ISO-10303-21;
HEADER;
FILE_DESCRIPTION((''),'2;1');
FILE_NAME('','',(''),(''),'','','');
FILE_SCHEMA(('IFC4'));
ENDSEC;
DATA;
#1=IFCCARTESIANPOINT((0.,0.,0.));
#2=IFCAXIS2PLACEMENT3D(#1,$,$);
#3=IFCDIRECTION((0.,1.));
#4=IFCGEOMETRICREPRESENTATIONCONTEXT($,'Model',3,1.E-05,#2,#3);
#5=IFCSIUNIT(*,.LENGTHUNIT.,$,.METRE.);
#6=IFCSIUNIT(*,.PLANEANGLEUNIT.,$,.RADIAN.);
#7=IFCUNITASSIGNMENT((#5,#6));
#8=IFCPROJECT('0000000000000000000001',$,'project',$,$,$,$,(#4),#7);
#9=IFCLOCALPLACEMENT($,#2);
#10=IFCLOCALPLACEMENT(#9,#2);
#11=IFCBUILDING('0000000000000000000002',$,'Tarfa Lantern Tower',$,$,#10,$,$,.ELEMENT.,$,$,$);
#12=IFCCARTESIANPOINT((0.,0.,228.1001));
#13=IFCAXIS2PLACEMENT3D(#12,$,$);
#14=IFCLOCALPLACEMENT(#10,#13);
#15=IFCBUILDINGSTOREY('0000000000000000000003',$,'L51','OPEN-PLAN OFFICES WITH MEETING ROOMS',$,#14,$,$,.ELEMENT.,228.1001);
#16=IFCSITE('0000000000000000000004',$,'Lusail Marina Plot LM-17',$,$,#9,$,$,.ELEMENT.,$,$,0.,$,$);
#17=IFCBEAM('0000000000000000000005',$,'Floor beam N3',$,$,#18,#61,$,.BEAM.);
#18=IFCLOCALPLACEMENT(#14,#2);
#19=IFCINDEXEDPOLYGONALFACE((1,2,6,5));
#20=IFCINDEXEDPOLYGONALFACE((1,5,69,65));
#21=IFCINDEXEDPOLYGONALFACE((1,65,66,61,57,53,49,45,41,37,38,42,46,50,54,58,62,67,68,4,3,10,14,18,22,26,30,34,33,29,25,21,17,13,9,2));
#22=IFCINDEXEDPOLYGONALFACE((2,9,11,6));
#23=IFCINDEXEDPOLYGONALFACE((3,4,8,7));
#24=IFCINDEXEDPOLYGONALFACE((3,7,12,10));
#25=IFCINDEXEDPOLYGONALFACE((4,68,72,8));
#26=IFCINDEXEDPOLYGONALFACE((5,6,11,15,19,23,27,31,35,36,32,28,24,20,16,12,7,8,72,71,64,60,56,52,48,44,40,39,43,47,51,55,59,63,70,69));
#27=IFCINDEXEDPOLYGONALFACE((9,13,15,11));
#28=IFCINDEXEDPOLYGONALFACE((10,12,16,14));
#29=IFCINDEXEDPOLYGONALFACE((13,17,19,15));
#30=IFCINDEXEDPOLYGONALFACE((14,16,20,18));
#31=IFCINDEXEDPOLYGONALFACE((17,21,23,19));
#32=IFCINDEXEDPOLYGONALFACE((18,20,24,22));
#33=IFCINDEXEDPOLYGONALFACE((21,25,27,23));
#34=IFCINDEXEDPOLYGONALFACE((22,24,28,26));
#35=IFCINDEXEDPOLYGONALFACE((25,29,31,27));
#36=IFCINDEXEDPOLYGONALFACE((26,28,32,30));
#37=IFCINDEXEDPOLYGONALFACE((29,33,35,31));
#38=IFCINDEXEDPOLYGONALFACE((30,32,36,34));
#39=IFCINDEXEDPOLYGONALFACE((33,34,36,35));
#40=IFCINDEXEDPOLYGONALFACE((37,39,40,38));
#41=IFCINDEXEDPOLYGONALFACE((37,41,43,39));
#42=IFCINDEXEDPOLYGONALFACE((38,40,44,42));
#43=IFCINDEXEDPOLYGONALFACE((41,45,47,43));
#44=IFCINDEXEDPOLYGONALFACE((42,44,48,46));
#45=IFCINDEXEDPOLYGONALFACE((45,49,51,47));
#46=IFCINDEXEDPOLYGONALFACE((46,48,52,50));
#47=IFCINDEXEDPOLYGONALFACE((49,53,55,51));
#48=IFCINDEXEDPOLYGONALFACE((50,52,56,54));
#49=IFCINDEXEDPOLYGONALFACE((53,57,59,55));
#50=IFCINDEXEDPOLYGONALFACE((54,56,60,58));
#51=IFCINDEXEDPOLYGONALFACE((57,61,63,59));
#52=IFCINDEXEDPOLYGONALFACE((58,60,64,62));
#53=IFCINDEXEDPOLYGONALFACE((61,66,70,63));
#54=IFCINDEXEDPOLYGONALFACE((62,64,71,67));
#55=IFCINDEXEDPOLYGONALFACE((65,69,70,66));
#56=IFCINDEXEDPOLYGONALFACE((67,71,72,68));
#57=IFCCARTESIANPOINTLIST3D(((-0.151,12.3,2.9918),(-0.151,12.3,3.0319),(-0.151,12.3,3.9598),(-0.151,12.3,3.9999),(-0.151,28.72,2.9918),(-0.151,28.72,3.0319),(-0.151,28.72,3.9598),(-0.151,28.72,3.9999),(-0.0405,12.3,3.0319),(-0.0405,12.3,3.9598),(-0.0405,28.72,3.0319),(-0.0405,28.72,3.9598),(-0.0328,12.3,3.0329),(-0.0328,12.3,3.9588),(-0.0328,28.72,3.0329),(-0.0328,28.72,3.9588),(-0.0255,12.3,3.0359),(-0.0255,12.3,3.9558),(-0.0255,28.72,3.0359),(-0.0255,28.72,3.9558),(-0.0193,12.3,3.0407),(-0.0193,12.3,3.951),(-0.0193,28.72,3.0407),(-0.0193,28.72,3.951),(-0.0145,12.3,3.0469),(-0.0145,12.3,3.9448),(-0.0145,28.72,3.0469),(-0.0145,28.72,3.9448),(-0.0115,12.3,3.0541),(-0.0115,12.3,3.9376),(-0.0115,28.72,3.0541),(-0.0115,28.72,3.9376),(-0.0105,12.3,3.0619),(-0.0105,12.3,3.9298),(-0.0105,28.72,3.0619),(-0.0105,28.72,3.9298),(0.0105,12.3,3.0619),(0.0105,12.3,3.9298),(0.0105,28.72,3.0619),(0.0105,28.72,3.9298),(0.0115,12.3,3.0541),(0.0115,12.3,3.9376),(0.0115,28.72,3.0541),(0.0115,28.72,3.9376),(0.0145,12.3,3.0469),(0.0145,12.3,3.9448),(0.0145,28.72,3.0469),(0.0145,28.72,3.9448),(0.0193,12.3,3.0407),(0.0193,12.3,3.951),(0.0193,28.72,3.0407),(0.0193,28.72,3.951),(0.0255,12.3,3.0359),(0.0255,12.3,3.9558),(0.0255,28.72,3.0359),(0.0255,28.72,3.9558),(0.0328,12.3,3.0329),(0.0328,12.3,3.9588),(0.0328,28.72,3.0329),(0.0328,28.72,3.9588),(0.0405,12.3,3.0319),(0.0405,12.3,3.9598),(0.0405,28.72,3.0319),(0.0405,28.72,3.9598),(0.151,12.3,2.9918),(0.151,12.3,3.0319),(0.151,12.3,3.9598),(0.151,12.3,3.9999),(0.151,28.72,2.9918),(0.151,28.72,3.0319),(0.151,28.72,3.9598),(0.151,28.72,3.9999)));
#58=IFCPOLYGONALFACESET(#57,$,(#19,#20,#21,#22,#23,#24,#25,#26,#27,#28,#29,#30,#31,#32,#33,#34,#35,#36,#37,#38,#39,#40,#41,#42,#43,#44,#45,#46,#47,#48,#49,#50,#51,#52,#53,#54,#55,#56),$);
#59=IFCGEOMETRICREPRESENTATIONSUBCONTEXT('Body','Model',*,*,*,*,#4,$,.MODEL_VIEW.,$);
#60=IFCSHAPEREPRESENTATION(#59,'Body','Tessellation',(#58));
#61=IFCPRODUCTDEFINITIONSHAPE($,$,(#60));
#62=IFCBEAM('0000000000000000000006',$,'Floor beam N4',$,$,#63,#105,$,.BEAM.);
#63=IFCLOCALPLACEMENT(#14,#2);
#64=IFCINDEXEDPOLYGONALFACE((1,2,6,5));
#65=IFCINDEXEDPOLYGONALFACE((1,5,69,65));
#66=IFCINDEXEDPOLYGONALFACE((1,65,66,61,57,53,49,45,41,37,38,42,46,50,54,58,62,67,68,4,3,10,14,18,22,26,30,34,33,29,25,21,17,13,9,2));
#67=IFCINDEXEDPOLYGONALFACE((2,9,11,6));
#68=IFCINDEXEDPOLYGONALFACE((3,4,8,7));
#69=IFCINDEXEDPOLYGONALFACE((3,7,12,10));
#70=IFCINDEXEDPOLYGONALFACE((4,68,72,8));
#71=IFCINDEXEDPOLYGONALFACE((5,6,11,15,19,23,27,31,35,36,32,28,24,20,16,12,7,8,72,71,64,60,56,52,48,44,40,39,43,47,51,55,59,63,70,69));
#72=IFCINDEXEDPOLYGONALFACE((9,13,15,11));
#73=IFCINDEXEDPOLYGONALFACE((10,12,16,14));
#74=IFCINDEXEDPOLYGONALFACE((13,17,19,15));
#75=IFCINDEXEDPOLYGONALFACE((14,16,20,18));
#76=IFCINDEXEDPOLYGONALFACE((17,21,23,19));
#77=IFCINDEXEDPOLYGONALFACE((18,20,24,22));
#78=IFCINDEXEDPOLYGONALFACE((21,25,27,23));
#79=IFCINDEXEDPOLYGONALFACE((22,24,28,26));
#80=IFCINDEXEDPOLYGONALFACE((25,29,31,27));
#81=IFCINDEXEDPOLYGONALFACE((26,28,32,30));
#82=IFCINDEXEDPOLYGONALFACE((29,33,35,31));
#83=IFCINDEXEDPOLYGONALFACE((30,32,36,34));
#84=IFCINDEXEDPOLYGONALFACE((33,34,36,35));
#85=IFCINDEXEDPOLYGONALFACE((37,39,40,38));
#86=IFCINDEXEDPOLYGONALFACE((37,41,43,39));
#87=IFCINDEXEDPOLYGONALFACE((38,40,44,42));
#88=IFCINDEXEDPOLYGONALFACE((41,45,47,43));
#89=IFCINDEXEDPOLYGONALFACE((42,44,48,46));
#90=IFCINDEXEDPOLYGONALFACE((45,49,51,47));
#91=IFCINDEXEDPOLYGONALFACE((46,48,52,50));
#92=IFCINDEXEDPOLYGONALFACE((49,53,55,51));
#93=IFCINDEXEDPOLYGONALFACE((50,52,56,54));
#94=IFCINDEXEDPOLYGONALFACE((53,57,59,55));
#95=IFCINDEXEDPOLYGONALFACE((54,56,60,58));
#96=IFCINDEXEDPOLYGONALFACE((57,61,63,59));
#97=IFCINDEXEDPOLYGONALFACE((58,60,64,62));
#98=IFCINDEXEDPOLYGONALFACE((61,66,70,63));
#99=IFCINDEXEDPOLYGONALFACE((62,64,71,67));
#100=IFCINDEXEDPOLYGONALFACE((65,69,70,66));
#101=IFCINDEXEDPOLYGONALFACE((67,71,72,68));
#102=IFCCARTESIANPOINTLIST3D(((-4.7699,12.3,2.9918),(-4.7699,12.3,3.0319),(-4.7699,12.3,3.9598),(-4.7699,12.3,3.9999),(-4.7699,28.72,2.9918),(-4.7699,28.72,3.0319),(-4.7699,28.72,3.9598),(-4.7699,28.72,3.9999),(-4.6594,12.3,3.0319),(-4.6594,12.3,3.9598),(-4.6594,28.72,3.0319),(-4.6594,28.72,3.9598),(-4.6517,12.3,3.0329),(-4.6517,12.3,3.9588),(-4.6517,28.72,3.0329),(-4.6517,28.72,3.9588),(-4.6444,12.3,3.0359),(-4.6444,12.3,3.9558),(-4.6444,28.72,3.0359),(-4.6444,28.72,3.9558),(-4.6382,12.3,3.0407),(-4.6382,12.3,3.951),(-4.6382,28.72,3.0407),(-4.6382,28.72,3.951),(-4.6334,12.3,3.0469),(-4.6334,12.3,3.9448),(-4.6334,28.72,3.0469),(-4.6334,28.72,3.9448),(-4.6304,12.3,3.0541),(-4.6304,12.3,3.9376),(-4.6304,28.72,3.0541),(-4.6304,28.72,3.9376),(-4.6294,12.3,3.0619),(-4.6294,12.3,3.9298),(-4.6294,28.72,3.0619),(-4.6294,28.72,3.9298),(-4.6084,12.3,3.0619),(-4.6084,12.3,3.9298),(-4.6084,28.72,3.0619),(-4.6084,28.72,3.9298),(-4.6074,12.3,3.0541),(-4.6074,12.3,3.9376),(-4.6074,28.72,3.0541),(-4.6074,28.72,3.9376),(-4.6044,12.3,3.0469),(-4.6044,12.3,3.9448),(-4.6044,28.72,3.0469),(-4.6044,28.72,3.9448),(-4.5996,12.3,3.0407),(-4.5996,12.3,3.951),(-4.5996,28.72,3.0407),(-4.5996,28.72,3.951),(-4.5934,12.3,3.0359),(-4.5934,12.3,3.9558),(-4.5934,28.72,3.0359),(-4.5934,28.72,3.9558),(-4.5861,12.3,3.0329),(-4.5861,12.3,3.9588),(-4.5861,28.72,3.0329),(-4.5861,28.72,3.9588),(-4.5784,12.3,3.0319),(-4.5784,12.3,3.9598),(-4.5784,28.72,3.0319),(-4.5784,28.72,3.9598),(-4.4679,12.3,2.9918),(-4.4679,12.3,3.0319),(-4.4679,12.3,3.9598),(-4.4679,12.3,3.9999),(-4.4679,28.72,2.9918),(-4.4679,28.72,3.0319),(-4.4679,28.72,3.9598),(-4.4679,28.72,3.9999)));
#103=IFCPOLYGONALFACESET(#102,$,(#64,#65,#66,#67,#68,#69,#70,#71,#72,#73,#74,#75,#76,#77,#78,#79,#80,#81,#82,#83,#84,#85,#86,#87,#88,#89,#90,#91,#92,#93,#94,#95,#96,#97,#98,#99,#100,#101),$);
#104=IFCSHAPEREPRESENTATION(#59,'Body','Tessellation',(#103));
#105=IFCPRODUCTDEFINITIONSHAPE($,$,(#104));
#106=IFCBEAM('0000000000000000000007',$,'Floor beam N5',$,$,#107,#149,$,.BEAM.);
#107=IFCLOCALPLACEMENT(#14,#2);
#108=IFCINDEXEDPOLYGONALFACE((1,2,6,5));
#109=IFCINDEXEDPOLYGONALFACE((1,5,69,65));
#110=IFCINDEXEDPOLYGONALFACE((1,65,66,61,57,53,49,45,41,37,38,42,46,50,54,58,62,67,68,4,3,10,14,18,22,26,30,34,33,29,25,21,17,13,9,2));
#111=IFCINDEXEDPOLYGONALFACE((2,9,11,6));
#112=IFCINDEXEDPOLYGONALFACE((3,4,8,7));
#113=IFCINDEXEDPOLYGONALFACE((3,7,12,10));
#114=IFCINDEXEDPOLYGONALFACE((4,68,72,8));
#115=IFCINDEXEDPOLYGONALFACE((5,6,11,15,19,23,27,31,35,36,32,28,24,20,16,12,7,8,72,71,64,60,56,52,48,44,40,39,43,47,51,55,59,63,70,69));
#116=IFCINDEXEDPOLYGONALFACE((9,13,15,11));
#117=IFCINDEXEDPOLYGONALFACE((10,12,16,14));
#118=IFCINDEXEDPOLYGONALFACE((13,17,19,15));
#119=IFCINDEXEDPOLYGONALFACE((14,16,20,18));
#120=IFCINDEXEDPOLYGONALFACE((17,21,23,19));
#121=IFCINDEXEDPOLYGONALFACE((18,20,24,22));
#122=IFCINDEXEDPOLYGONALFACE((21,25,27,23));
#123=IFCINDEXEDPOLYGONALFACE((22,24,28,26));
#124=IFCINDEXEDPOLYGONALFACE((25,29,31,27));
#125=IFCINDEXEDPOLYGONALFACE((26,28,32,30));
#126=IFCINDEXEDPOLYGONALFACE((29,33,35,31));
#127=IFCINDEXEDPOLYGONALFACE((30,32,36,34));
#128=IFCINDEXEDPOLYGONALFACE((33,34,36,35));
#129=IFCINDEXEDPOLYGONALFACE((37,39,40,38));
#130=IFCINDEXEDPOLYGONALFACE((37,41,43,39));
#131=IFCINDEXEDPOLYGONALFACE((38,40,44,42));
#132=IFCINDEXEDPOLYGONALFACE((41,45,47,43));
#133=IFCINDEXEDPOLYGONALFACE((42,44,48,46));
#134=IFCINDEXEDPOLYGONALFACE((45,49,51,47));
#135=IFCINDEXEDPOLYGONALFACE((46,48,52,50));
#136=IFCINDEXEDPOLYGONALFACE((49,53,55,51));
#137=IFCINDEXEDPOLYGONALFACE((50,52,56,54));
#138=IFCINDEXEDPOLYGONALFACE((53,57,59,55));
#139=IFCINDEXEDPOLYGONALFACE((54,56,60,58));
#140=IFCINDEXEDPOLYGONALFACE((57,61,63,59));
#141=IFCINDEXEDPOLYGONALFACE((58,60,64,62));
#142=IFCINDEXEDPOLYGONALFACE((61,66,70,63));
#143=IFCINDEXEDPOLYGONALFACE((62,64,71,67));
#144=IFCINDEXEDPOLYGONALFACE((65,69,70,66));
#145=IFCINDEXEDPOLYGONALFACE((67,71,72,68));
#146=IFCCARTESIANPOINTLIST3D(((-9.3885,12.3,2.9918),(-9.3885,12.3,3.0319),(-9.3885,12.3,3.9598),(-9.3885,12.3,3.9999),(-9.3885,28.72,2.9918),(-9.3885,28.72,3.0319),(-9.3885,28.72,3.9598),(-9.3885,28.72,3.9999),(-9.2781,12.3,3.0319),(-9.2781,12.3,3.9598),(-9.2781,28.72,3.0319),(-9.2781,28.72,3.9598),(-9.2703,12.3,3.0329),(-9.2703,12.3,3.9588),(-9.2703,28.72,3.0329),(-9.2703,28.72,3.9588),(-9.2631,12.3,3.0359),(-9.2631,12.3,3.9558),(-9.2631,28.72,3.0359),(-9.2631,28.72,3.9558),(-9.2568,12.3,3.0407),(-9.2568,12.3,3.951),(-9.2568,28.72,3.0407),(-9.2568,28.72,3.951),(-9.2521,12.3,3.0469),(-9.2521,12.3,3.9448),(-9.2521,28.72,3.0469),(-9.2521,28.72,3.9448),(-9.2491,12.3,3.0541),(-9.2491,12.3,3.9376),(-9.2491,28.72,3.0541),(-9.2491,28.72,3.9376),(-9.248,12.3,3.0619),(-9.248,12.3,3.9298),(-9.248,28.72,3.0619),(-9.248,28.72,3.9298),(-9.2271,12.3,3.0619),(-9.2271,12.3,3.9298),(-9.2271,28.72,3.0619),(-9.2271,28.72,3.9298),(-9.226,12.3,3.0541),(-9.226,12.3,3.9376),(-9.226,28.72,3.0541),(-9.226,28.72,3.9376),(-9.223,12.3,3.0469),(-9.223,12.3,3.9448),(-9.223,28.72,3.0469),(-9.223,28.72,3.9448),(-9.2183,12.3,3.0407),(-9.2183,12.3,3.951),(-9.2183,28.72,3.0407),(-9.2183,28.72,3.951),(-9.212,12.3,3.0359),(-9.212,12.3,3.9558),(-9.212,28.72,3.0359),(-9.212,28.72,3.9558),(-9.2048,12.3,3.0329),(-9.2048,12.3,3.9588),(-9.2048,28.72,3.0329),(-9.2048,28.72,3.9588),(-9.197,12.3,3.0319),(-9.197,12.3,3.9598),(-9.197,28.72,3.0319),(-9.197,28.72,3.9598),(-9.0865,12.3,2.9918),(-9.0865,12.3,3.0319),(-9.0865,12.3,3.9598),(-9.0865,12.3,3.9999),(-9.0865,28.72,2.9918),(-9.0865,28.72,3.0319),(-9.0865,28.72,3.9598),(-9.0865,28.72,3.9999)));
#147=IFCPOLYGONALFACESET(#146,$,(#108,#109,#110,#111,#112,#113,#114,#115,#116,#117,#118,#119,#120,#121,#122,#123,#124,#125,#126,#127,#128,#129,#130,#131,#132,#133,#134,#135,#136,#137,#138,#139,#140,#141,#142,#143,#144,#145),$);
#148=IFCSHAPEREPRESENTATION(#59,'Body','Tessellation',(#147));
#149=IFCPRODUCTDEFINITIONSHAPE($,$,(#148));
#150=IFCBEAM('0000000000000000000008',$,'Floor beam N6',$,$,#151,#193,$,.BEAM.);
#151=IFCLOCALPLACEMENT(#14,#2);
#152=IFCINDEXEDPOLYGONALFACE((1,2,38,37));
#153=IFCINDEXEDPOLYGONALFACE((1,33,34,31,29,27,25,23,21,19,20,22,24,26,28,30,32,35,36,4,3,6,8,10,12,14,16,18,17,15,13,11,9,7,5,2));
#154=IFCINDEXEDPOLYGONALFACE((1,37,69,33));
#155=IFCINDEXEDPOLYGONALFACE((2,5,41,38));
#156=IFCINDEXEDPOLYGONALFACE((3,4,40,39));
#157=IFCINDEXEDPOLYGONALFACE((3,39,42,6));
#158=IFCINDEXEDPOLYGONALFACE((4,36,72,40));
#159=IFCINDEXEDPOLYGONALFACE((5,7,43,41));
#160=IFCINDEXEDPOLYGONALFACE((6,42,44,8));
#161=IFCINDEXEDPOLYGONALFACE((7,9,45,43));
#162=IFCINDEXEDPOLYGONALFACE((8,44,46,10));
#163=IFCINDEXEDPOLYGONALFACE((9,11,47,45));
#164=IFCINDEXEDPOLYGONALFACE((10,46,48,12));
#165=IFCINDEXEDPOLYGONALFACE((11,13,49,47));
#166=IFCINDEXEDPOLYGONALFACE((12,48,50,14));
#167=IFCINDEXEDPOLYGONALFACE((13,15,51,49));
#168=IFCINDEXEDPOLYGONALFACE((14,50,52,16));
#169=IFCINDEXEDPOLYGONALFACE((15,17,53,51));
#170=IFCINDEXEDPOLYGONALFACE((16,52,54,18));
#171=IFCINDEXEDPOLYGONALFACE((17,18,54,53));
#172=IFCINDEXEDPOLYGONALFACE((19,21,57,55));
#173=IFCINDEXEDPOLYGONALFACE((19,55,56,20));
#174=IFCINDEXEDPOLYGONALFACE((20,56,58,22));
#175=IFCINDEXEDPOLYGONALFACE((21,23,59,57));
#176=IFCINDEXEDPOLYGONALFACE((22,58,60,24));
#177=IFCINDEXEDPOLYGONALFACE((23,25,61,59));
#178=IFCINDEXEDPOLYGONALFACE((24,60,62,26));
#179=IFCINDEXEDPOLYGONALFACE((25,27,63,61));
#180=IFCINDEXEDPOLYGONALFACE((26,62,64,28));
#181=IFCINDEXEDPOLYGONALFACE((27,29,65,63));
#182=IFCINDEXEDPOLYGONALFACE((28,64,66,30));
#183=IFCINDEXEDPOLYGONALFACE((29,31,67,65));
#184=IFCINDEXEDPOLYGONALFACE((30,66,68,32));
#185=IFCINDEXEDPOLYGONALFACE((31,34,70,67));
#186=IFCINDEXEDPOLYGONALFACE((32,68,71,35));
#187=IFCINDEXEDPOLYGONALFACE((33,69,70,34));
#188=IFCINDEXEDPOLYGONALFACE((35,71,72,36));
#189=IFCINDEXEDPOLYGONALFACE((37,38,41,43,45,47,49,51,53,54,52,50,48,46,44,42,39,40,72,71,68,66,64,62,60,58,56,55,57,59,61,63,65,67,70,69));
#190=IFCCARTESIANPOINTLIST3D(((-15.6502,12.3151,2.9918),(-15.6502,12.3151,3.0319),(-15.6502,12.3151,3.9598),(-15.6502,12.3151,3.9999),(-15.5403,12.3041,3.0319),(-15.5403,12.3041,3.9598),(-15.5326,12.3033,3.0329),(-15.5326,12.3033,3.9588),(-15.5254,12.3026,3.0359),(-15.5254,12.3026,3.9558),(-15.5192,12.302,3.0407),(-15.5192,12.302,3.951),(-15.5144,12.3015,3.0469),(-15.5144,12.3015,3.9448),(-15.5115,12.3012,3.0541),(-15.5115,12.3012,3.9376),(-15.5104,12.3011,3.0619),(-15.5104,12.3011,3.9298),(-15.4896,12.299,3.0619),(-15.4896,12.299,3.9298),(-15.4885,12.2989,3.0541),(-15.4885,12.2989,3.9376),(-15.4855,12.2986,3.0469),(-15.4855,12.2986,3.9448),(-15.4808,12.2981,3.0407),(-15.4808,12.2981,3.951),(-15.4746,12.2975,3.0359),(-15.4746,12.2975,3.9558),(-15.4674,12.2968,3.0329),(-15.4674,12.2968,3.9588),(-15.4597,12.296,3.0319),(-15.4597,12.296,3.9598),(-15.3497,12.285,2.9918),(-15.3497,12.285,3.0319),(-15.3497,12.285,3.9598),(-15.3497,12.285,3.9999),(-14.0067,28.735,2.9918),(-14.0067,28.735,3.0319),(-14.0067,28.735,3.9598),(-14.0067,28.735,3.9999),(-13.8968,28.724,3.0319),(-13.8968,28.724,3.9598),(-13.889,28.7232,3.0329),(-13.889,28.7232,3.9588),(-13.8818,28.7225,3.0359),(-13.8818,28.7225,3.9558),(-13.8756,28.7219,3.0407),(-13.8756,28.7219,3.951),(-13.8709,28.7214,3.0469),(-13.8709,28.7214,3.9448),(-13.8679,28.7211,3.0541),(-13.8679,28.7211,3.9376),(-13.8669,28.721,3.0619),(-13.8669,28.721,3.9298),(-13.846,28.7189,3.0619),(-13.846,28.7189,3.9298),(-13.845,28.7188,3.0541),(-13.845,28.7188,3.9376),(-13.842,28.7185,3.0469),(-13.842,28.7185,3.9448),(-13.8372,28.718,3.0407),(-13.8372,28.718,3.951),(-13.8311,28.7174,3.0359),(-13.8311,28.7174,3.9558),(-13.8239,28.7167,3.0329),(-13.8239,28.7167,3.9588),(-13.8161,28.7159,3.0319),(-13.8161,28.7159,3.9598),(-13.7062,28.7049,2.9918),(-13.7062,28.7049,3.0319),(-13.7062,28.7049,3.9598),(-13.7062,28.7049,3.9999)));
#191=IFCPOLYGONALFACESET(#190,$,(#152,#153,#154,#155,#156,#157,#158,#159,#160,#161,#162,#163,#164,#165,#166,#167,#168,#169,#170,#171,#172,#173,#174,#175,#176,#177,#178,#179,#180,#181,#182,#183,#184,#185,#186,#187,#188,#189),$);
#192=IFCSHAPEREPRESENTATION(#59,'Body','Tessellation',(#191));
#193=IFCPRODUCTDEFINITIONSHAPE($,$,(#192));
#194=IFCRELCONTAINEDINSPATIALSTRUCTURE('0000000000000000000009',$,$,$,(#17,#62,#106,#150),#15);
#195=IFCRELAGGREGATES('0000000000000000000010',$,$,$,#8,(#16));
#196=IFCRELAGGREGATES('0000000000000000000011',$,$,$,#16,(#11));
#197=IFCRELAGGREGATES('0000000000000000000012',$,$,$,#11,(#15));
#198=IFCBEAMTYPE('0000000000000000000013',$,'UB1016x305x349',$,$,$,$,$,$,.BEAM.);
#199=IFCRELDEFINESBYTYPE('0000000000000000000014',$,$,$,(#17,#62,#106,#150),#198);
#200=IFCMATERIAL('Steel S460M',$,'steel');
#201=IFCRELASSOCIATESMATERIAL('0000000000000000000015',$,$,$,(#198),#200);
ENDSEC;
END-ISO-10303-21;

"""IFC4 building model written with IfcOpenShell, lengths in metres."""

from ifc_helpers import new_model, si_unit, direction, frame, origin, origin_2d, place, context, subcontext, project, spatial, i_section, extrude, material, material_profile, profile_set, type_object, element, save


model = new_model("IFC4")

# Units and contexts
model_context = context("Model", 3, precision=1e-05, world=origin(), true_north=direction((0.0, 1.0)))
body_context = subcontext(model_context, "Body", "Model", "MODEL_VIEW")
ifc_project = project(units=[si_unit("LENGTHUNIT", "METRE"), si_unit("PLANEANGLEUNIT", "RADIAN")], contexts=[model_context])

# Site, building, storey
site_placement = place(None, origin())
site = spatial("IfcSite", under=ifc_project, at=site_placement, Name="Lusail Marina Plot LM-17", CompositionType="ELEMENT", RefElevation=0.0)
building_placement = place(site_placement, origin())
building = spatial("IfcBuilding", under=site, at=building_placement, Name="Tarfa Lantern Tower", CompositionType="ELEMENT")
storey_placement = place(building_placement, frame((0.0, 0.0, 228.1001)))
storey = spatial("IfcBuildingStorey", under=building, at=storey_placement, Name="L51", Description="OPEN-PLAN OFFICES WITH MEETING ROOMS", CompositionType="ELEMENT", Elevation=228.1001)

# Beams
ifc_material_1 = material(Name="Steel S460M", Category="steel")
ifc_material_profile_1 = material_profile(ifc_material_1, i_section(OverallWidth=0.302, OverallDepth=1.0081, WebThickness=0.021, FlangeThickness=0.04, FilletRadius=0.03, at=origin_2d()), Name="UB1016x305x349")
ifc_profile_set_1 = profile_set([ifc_material_profile_1], Name="Steel S460M")
beam_type_1 = type_object("IfcBeamType", Name="UB1016x305x349", PredefinedType="BEAM", material=ifc_profile_set_1)
for number, where, z_axis, x_axis, name in (
    (1, (0.0, 28.72, 3.4958), (0.0, -1.0, 0.0), (1.0, 0.0, 0.0), "Floor beam N3"),
    (2, (-4.6189, 28.72, 3.4958), (0.0, -1.0, 0.0), (1.0, 0.0, 0.0), "Floor beam N4"),
    (3, (-9.2375, 28.72, 3.4958), (0.0, -1.0, 0.0), (1.0, 0.0, 0.0), "Floor beam N5"),
):
    element("IfcBeam", number, at=place(storey_placement, frame(where, z_axis=z_axis, x_axis=x_axis)), inside=storey, type_object=beam_type_1, Name=name, PredefinedType="BEAM", context=body_context, shape_type="SweptSolid", body=[
        extrude(i_section(OverallWidth=0.302, OverallDepth=1.0081, WebThickness=0.021, FlangeThickness=0.04, FilletRadius=0.03, at=origin_2d()), origin(), (0.0, 0.0, 1.0), 16.4199),
    ])
beam_1_placement = place(storey_placement, frame((-13.8564, 28.72, 3.4958), z_axis=(-0.099597, -0.995028, 0.0), x_axis=(0.995028, -0.099597, 0.0)))
element("IfcBeam", 4, at=beam_1_placement, inside=storey, type_object=beam_type_1, Name="Floor beam N6", PredefinedType="BEAM", context=body_context, shape_type="SweptSolid", body=[
    extrude(i_section(OverallWidth=0.302, OverallDepth=1.0081, WebThickness=0.021, FlangeThickness=0.04, FilletRadius=0.03, at=origin_2d()), origin(), (0.0, 0.0, 1.0), 16.502),
])

save(model, "model.ifc")
